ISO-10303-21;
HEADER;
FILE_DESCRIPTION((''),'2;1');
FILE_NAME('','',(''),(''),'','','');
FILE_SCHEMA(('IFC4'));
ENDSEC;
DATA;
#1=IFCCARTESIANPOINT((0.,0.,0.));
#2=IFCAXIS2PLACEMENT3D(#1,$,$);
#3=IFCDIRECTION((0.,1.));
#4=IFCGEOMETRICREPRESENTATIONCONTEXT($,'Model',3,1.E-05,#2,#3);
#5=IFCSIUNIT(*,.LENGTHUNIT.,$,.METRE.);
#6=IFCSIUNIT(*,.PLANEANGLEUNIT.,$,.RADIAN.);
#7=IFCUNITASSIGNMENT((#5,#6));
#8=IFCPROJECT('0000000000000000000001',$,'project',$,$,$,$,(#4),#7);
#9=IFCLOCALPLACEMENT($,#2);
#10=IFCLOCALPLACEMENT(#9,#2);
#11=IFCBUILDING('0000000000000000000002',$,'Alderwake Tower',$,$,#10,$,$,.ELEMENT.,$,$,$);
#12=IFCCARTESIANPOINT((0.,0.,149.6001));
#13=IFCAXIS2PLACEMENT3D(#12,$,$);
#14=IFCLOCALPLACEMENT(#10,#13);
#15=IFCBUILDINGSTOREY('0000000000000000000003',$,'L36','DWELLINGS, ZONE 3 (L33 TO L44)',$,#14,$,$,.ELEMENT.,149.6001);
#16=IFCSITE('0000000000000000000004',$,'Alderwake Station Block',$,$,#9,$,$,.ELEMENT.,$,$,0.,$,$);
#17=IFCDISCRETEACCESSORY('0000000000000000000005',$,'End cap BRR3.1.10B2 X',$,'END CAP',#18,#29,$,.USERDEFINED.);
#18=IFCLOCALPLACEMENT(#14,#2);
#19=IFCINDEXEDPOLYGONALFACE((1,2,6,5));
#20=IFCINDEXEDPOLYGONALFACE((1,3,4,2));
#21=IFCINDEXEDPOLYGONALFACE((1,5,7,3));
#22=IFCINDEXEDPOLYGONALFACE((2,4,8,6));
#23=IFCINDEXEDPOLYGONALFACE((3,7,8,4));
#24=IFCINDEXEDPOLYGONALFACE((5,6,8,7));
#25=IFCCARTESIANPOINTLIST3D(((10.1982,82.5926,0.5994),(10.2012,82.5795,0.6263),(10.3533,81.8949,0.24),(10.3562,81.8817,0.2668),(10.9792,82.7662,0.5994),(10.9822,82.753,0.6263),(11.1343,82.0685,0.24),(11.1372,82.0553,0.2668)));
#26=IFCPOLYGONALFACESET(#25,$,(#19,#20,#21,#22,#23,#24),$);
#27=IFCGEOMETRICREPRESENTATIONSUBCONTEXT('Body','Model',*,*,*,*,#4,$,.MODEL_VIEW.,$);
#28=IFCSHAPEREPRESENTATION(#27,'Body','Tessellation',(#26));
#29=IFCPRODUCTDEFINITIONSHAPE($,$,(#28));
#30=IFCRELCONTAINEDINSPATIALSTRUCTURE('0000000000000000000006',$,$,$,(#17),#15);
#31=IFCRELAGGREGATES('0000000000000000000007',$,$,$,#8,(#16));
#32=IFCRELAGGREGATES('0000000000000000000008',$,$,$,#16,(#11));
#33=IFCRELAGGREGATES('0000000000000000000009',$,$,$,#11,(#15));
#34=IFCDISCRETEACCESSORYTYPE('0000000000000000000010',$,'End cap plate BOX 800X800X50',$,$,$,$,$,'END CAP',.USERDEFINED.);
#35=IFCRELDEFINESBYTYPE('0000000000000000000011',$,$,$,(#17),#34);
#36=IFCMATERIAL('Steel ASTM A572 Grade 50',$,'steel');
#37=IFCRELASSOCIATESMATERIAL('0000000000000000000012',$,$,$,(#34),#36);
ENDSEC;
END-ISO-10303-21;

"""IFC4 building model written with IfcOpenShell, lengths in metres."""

from ifc_helpers import new_model, si_unit, direction, frame, origin, origin_2d, place, context, subcontext, project, spatial, rectangle, extrude, material, material_profile, profile_set, type_object, element, save


model = new_model("IFC4")

# Units and contexts
model_context = context("Model", 3, precision=1e-05, world=origin(), true_north=direction((0.0, 1.0)))
body_context = subcontext(model_context, "Body", "Model", "MODEL_VIEW")
ifc_project = project(units=[si_unit("LENGTHUNIT", "METRE"), si_unit("PLANEANGLEUNIT", "RADIAN")], contexts=[model_context])

# Site, building, storey
site_placement = place(None, origin())
site = spatial("IfcSite", under=ifc_project, at=site_placement, Name="Alderwake Station Block", CompositionType="ELEMENT", RefElevation=0.0)
building_placement = place(site_placement, origin())
building = spatial("IfcBuilding", under=site, at=building_placement, Name="Alderwake Tower", CompositionType="ELEMENT")
storey_placement = place(building_placement, frame((0.0, 0.0, 149.6001)))
storey = spatial("IfcBuildingStorey", under=building, at=storey_placement, Name="L36", Description="DWELLINGS, ZONE 3 (L33 TO L44)", CompositionType="ELEMENT", Elevation=149.6001)

# Discrete accessory
ifc_material_1 = material(Name="Steel ASTM A572 Grade 50", Category="steel")
ifc_material_profile_1 = material_profile(ifc_material_1, rectangle(XDim=0.8, YDim=0.8, at=origin_2d()), Name="BOX 800X800X50 cap")
ifc_profile_set_1 = profile_set([ifc_material_profile_1], Name="Steel ASTM A572 Grade 50")
discrete_accessory_type = type_object("IfcDiscreteAccessoryType", Name="End cap plate BOX 800X800X50", ElementType="END CAP", PredefinedType="USERDEFINED", material=ifc_profile_set_1)
discrete_accessory_placement = place(storey_placement, frame((10.6692, 82.3174, 0.4465), z_axis=(-0.097461, 0.438575, -0.893394), x_axis=(-0.976187, -0.21693, 0.0)))
element("IfcDiscreteAccessory", 1, at=discrete_accessory_placement, inside=storey, type_object=discrete_accessory_type, Name="End cap BRR3.1.10B2 X", ObjectType="END CAP", PredefinedType="USERDEFINED", context=body_context, shape_type="SweptSolid", body=[
    extrude(rectangle(XDim=0.8, YDim=0.8, at=origin_2d()), origin(), (0.0, 0.0, 1.0), 0.03),
])

save(model, "model.ifc")
